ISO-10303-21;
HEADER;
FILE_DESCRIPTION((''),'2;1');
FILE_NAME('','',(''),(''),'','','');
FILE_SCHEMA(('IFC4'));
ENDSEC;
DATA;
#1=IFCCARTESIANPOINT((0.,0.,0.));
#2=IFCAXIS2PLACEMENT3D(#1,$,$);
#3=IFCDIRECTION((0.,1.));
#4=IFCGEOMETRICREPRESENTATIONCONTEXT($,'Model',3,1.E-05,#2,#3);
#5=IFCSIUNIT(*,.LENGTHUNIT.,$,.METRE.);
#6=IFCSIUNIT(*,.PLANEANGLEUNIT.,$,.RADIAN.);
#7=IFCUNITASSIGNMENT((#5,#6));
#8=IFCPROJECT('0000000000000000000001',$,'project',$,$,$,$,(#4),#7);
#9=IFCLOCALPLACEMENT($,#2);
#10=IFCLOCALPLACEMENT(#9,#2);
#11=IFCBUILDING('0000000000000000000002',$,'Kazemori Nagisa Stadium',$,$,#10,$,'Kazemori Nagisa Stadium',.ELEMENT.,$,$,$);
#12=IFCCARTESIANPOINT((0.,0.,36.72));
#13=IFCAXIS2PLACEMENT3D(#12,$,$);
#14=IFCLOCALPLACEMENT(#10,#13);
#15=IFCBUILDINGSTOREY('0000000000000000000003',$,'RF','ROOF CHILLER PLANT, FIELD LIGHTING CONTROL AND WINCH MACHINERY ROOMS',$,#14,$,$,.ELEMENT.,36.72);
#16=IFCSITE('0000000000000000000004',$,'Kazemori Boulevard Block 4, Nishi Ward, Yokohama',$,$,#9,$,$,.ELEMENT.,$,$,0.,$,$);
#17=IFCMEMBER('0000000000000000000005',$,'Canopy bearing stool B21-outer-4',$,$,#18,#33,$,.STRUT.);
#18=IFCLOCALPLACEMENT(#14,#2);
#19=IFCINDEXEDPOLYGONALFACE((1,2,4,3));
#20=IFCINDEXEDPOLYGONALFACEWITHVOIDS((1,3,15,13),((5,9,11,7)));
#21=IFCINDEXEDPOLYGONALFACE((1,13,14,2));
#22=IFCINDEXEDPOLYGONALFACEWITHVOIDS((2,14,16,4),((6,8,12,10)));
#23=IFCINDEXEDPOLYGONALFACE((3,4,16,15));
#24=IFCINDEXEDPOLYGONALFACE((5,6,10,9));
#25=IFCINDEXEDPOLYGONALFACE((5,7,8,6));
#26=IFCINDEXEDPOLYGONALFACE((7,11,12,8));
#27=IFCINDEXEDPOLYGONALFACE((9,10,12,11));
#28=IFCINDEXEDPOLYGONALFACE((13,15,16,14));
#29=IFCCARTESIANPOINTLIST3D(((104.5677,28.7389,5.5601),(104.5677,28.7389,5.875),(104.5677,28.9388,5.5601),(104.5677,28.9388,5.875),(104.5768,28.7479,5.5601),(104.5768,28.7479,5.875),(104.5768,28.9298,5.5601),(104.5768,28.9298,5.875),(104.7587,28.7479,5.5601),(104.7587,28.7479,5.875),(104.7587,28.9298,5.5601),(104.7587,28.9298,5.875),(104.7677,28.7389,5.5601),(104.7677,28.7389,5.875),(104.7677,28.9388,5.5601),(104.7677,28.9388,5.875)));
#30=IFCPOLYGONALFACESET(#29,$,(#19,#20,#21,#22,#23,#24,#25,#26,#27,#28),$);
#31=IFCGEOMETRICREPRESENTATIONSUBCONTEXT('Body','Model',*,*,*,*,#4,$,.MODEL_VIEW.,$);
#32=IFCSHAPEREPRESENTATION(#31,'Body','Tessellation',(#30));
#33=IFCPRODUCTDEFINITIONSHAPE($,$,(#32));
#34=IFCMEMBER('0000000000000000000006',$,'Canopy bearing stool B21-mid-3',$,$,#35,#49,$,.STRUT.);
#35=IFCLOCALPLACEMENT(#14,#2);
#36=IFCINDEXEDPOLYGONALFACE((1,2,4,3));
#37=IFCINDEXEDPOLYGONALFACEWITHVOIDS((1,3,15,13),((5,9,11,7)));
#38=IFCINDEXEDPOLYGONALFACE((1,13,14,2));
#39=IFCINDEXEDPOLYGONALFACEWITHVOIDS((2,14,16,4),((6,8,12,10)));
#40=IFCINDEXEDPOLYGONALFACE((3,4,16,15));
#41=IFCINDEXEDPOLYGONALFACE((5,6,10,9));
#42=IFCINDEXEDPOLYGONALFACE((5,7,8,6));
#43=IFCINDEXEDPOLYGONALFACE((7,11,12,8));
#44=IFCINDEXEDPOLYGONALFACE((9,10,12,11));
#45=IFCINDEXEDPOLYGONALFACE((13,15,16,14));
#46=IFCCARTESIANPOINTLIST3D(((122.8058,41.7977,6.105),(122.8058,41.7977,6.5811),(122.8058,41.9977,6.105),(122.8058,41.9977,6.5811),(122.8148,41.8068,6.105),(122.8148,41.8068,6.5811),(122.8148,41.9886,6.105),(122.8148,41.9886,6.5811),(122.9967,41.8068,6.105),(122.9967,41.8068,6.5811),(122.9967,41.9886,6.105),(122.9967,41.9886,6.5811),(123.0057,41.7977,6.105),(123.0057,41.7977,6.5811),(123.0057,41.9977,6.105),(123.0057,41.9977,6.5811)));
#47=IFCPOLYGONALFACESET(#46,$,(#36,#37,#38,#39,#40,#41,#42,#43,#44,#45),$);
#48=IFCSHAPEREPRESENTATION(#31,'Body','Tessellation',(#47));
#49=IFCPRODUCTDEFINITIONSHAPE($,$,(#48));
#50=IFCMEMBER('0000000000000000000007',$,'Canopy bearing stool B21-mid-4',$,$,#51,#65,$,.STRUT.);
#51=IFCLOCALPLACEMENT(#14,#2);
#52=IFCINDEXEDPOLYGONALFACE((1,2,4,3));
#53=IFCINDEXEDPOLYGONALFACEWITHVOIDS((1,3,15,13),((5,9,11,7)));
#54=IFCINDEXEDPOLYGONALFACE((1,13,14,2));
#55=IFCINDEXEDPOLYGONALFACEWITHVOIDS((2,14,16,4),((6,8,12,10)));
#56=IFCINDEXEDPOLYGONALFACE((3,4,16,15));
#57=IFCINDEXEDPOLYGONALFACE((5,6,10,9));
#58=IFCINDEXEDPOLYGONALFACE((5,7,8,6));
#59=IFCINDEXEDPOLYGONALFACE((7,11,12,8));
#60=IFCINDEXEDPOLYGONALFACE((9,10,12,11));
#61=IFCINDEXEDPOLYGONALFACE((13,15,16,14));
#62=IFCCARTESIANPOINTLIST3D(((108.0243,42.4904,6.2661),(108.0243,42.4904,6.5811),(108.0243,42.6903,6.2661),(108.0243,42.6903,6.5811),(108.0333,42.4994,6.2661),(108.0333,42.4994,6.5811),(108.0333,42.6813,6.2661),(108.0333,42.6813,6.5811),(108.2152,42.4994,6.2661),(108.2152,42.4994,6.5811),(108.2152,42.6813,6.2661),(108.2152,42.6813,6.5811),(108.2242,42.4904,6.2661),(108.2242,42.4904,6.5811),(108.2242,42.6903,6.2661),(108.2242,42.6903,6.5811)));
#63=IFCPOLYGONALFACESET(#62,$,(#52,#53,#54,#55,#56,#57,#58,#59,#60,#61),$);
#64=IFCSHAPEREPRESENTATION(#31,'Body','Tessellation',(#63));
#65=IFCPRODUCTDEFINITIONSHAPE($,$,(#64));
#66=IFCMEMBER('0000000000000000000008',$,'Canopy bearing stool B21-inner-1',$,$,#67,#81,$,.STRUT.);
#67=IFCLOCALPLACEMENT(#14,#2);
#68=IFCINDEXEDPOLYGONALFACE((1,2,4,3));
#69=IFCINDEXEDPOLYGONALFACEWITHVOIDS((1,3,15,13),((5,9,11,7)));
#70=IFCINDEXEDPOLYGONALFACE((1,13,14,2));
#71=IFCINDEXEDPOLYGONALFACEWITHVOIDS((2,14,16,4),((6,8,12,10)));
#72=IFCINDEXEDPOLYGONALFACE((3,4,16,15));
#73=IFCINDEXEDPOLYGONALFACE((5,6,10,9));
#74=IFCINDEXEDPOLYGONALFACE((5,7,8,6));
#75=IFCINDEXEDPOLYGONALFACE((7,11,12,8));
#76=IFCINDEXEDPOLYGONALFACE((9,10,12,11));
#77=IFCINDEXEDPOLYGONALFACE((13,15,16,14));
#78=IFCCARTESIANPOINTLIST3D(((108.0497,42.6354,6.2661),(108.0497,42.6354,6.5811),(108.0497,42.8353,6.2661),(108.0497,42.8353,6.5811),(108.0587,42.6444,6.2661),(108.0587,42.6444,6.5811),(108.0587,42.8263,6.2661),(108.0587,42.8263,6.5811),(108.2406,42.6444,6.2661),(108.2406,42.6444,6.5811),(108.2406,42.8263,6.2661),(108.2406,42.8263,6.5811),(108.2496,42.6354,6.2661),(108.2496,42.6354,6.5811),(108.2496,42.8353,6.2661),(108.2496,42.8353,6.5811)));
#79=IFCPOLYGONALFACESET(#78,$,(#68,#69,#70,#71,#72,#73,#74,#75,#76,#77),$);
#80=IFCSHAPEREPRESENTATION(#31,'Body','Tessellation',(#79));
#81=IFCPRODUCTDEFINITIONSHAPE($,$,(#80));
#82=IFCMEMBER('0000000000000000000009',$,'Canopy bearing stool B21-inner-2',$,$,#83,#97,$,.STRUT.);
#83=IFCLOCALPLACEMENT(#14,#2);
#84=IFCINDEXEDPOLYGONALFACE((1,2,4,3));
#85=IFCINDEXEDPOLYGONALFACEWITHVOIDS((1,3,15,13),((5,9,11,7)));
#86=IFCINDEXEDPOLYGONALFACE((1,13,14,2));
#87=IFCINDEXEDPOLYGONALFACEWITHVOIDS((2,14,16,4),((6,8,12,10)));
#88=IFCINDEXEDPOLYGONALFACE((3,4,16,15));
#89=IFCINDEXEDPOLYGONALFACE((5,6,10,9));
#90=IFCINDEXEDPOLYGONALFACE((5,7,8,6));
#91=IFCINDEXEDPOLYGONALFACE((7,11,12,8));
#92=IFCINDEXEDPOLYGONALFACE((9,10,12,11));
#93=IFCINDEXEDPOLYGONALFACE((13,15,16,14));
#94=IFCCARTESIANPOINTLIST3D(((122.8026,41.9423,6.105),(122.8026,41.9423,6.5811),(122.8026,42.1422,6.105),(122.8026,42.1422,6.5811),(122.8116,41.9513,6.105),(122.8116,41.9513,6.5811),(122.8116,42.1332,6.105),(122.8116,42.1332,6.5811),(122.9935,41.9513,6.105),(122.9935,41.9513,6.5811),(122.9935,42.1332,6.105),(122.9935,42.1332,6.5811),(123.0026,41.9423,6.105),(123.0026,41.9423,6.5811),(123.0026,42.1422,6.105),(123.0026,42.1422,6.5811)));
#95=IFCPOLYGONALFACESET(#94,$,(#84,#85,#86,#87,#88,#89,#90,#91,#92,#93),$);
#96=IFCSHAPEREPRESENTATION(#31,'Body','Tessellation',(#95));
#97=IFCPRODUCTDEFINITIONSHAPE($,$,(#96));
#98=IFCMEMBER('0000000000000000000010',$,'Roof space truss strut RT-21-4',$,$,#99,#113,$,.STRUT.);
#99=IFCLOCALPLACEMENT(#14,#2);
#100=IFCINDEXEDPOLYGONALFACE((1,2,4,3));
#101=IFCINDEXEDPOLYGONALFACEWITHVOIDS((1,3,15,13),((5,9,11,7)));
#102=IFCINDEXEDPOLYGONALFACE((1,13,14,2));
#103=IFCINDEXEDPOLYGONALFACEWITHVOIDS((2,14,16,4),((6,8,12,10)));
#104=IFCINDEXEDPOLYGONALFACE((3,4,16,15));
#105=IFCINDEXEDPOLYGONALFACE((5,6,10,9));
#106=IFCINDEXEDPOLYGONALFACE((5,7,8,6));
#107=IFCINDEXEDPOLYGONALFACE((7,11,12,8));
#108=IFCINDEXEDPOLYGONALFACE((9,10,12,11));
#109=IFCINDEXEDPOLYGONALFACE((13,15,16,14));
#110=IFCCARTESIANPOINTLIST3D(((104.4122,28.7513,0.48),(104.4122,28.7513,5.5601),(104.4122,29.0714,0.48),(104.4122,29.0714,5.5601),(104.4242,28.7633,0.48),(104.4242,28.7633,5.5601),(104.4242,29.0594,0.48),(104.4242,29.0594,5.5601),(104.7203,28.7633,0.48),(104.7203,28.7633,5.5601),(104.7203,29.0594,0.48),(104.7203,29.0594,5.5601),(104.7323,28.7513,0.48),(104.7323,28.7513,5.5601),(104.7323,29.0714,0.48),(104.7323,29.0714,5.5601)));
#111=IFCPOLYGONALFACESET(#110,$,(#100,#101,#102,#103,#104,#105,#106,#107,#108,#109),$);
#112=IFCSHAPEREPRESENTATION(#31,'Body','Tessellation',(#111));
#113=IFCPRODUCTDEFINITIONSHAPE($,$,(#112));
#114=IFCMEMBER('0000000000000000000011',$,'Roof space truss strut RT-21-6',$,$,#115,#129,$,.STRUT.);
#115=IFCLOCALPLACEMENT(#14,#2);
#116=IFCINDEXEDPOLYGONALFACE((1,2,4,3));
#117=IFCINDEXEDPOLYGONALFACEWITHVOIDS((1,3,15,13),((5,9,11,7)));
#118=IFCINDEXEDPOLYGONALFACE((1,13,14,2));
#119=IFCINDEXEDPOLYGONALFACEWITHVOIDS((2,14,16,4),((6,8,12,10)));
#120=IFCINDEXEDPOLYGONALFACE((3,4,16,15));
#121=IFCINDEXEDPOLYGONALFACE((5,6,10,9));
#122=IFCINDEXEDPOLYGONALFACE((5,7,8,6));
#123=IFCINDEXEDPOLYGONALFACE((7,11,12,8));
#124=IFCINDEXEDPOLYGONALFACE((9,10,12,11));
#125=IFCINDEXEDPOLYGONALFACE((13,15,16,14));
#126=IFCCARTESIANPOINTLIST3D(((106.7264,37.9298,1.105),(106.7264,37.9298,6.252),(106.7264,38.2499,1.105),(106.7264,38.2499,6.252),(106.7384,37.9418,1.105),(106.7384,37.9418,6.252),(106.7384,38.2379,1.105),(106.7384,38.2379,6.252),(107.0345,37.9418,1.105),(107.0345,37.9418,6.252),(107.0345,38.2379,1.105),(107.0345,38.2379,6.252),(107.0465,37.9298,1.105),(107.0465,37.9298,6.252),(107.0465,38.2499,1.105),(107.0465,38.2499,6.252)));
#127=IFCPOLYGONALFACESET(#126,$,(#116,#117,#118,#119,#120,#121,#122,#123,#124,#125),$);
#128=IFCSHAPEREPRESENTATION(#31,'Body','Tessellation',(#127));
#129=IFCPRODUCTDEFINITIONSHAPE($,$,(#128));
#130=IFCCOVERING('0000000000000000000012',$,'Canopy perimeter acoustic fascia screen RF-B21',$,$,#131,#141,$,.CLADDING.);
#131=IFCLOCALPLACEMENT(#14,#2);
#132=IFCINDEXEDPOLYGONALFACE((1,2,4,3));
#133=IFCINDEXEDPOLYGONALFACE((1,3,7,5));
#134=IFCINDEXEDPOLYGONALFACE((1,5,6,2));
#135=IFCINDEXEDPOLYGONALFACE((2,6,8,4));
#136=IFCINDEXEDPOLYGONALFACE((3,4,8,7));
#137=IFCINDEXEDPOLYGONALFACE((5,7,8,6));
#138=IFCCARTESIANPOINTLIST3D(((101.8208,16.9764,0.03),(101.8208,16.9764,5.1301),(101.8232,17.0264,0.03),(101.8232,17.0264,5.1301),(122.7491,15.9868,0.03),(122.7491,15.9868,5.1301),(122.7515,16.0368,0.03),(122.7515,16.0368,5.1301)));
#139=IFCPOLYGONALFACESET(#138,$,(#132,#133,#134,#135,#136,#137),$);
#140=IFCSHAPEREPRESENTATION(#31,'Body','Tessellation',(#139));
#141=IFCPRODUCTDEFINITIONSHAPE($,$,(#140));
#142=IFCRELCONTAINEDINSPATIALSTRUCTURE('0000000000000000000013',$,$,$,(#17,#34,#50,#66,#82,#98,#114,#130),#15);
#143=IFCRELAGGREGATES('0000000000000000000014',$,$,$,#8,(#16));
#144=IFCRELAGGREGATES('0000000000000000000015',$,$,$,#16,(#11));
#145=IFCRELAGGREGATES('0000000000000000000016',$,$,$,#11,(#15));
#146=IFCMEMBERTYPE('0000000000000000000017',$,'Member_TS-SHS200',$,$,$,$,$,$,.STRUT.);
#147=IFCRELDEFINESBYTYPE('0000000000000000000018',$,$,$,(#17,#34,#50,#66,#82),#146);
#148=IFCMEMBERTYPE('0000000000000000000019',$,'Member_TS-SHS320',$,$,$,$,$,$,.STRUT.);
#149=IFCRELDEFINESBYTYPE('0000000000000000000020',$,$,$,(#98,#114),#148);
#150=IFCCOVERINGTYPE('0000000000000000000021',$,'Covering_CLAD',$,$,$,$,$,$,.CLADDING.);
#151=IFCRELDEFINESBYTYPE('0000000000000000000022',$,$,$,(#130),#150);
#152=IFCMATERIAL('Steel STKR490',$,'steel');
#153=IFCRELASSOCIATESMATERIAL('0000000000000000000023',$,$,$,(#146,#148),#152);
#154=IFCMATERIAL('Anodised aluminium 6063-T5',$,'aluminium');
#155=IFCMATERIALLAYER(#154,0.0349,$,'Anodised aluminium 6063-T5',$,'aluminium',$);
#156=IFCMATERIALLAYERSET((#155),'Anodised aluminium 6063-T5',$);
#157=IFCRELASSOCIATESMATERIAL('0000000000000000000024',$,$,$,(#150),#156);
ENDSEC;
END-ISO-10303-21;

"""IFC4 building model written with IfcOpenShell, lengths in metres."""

from ifc_helpers import new_model, si_unit, direction, frame, origin, origin_2d, place, context, subcontext, project, spatial, rectangle, hollow_rectangle, extrude, material, layer, layer_set, material_profile, profile_set, type_object, element, save


model = new_model("IFC4")

# Units and contexts
model_context = context("Model", 3, precision=1e-05, world=origin(), true_north=direction((0.0, 1.0)))
body_context = subcontext(model_context, "Body", "Model", "MODEL_VIEW")
ifc_project = project(units=[si_unit("LENGTHUNIT", "METRE"), si_unit("PLANEANGLEUNIT", "RADIAN")], contexts=[model_context])

# Site, building, storey
site_placement = place(None, origin())
site = spatial("IfcSite", under=ifc_project, at=site_placement, Name="Kazemori Boulevard Block 4, Nishi Ward, Yokohama", CompositionType="ELEMENT", RefElevation=0.0)
building_placement = place(site_placement, origin())
building = spatial("IfcBuilding", under=site, at=building_placement, Name="Kazemori Nagisa Stadium", LongName="Kazemori Nagisa Stadium", CompositionType="ELEMENT")
storey_placement = place(building_placement, frame((0.0, 0.0, 36.72)))
storey = spatial("IfcBuildingStorey", under=building, at=storey_placement, Name="RF", Description="ROOF CHILLER PLANT, FIELD LIGHTING CONTROL AND WINCH MACHINERY ROOMS", CompositionType="ELEMENT", Elevation=36.72)

# Members
ifc_material_1 = material(Name="Steel STKR490", Category="steel")
ifc_material_profile_1 = material_profile(ifc_material_1, hollow_rectangle(XDim=0.2, YDim=0.2, WallThickness=0.009, at=origin_2d()), Name="SHS-200x200x9")
ifc_profile_set_1 = profile_set([ifc_material_profile_1], Name="Steel STKR490")
member_type_1 = type_object("IfcMemberType", Name="Member_TS-SHS200", PredefinedType="STRUT", material=ifc_profile_set_1)
for number, where, z_axis, x_axis, name in (
    (1, (104.6677, 28.8389, 5.5601), (0.0, 0.0, 1.0), (1.0, 0.0, 0.0), "Canopy bearing stool B21-outer-4"),
):
    element("IfcMember", number, at=place(storey_placement, frame(where, z_axis=z_axis, x_axis=x_axis)), inside=storey, type_object=member_type_1, Name=name, PredefinedType="STRUT", context=body_context, shape_type="SweptSolid", body=[
        extrude(hollow_rectangle(XDim=0.2, YDim=0.2, WallThickness=0.009, at=origin_2d()), origin(), (0.0, 0.0, 1.0), 0.3149),
    ])
member_1_placement = place(storey_placement, frame((122.9058, 41.8977, 6.105), z_axis=(0.0, 0.0, 1.0), x_axis=(1.0, 0.0, 0.0)))
element("IfcMember", 2, at=member_1_placement, inside=storey, type_object=member_type_1, Name="Canopy bearing stool B21-mid-3", PredefinedType="STRUT", context=body_context, shape_type="SweptSolid", body=[
    extrude(hollow_rectangle(XDim=0.2, YDim=0.2, WallThickness=0.009, at=origin_2d()), origin(), (0.0, 0.0, 1.0), 0.4761),
])
for number, where, z_axis, x_axis, name in (
    (3, (108.1243, 42.5903, 6.2661), (0.0, 0.0, 1.0), (1.0, 0.0, 0.0), "Canopy bearing stool B21-mid-4"),
    (4, (108.1497, 42.7354, 6.2661), (0.0, 0.0, 1.0), (1.0, 0.0, 0.0), "Canopy bearing stool B21-inner-1"),
):
    element("IfcMember", number, at=place(storey_placement, frame(where, z_axis=z_axis, x_axis=x_axis)), inside=storey, type_object=member_type_1, Name=name, PredefinedType="STRUT", context=body_context, shape_type="SweptSolid", body=[
        extrude(hollow_rectangle(XDim=0.2, YDim=0.2, WallThickness=0.009, at=origin_2d()), origin(), (0.0, 0.0, 1.0), 0.3149),
    ])
member_2_placement = place(storey_placement, frame((122.9026, 42.0422, 6.105), z_axis=(0.0, 0.0, 1.0), x_axis=(1.0, 0.0, 0.0)))
element("IfcMember", 5, at=member_2_placement, inside=storey, type_object=member_type_1, Name="Canopy bearing stool B21-inner-2", PredefinedType="STRUT", context=body_context, shape_type="SweptSolid", body=[
    extrude(hollow_rectangle(XDim=0.2, YDim=0.2, WallThickness=0.009, at=origin_2d()), origin(), (0.0, 0.0, 1.0), 0.4761),
])
ifc_material_profile_2 = material_profile(ifc_material_1, hollow_rectangle(XDim=0.3201, YDim=0.3201, WallThickness=0.012, at=origin_2d()), Name="SHS-320x320x12")
ifc_profile_set_2 = profile_set([ifc_material_profile_2], Name="Steel STKR490")
member_type_2 = type_object("IfcMemberType", Name="Member_TS-SHS320", PredefinedType="STRUT", material=ifc_profile_set_2)
member_3_placement = place(storey_placement, frame((104.5723, 28.9114, 0.48), z_axis=(0.0, 0.0, 1.0), x_axis=(1.0, 0.0, 0.0)))
element("IfcMember", 6, at=member_3_placement, inside=storey, type_object=member_type_2, Name="Roof space truss strut RT-21-4", PredefinedType="STRUT", context=body_context, shape_type="SweptSolid", body=[
    extrude(hollow_rectangle(XDim=0.3201, YDim=0.3201, WallThickness=0.012, at=origin_2d()), origin(), (0.0, 0.0, 1.0), 5.0801),
])
member_4_placement = place(storey_placement, frame((106.8865, 38.0898, 1.105), z_axis=(0.0, 0.0, 1.0), x_axis=(1.0, 0.0, 0.0)))
element("IfcMember", 7, at=member_4_placement, inside=storey, type_object=member_type_2, Name="Roof space truss strut RT-21-6", PredefinedType="STRUT", context=body_context, shape_type="SweptSolid", body=[
    extrude(hollow_rectangle(XDim=0.3201, YDim=0.3201, WallThickness=0.012, at=origin_2d()), origin(), (0.0, 0.0, 1.0), 5.147),
])

# Covering
ifc_material_2 = material(Name="Anodised aluminium 6063-T5", Category="aluminium")
ifc_layer = layer(ifc_material_2, 0.0349, Name="Anodised aluminium 6063-T5", Category="aluminium")
ifc_layer_set = layer_set([ifc_layer], Name="Anodised aluminium 6063-T5")
covering_type = type_object("IfcCoveringType", Name="Covering_CLAD", PredefinedType="CLADDING", material=ifc_layer_set)
covering_placement = place(storey_placement, frame((112.2861, 16.5066, 0.03), z_axis=(0.0, 0.0, 1.0), x_axis=(0.998884, -0.04723, 0.0)))
element("IfcCovering", 8, at=covering_placement, inside=storey, type_object=covering_type, Name="Canopy perimeter acoustic fascia screen RF-B21", PredefinedType="CLADDING", context=body_context, shape_type="SweptSolid", body=[
    extrude(rectangle(XDim=20.9517, YDim=0.05, at=origin_2d()), origin(), (0.0, 0.0, 1.0), 5.1001),
])

save(model, "model.ifc")
